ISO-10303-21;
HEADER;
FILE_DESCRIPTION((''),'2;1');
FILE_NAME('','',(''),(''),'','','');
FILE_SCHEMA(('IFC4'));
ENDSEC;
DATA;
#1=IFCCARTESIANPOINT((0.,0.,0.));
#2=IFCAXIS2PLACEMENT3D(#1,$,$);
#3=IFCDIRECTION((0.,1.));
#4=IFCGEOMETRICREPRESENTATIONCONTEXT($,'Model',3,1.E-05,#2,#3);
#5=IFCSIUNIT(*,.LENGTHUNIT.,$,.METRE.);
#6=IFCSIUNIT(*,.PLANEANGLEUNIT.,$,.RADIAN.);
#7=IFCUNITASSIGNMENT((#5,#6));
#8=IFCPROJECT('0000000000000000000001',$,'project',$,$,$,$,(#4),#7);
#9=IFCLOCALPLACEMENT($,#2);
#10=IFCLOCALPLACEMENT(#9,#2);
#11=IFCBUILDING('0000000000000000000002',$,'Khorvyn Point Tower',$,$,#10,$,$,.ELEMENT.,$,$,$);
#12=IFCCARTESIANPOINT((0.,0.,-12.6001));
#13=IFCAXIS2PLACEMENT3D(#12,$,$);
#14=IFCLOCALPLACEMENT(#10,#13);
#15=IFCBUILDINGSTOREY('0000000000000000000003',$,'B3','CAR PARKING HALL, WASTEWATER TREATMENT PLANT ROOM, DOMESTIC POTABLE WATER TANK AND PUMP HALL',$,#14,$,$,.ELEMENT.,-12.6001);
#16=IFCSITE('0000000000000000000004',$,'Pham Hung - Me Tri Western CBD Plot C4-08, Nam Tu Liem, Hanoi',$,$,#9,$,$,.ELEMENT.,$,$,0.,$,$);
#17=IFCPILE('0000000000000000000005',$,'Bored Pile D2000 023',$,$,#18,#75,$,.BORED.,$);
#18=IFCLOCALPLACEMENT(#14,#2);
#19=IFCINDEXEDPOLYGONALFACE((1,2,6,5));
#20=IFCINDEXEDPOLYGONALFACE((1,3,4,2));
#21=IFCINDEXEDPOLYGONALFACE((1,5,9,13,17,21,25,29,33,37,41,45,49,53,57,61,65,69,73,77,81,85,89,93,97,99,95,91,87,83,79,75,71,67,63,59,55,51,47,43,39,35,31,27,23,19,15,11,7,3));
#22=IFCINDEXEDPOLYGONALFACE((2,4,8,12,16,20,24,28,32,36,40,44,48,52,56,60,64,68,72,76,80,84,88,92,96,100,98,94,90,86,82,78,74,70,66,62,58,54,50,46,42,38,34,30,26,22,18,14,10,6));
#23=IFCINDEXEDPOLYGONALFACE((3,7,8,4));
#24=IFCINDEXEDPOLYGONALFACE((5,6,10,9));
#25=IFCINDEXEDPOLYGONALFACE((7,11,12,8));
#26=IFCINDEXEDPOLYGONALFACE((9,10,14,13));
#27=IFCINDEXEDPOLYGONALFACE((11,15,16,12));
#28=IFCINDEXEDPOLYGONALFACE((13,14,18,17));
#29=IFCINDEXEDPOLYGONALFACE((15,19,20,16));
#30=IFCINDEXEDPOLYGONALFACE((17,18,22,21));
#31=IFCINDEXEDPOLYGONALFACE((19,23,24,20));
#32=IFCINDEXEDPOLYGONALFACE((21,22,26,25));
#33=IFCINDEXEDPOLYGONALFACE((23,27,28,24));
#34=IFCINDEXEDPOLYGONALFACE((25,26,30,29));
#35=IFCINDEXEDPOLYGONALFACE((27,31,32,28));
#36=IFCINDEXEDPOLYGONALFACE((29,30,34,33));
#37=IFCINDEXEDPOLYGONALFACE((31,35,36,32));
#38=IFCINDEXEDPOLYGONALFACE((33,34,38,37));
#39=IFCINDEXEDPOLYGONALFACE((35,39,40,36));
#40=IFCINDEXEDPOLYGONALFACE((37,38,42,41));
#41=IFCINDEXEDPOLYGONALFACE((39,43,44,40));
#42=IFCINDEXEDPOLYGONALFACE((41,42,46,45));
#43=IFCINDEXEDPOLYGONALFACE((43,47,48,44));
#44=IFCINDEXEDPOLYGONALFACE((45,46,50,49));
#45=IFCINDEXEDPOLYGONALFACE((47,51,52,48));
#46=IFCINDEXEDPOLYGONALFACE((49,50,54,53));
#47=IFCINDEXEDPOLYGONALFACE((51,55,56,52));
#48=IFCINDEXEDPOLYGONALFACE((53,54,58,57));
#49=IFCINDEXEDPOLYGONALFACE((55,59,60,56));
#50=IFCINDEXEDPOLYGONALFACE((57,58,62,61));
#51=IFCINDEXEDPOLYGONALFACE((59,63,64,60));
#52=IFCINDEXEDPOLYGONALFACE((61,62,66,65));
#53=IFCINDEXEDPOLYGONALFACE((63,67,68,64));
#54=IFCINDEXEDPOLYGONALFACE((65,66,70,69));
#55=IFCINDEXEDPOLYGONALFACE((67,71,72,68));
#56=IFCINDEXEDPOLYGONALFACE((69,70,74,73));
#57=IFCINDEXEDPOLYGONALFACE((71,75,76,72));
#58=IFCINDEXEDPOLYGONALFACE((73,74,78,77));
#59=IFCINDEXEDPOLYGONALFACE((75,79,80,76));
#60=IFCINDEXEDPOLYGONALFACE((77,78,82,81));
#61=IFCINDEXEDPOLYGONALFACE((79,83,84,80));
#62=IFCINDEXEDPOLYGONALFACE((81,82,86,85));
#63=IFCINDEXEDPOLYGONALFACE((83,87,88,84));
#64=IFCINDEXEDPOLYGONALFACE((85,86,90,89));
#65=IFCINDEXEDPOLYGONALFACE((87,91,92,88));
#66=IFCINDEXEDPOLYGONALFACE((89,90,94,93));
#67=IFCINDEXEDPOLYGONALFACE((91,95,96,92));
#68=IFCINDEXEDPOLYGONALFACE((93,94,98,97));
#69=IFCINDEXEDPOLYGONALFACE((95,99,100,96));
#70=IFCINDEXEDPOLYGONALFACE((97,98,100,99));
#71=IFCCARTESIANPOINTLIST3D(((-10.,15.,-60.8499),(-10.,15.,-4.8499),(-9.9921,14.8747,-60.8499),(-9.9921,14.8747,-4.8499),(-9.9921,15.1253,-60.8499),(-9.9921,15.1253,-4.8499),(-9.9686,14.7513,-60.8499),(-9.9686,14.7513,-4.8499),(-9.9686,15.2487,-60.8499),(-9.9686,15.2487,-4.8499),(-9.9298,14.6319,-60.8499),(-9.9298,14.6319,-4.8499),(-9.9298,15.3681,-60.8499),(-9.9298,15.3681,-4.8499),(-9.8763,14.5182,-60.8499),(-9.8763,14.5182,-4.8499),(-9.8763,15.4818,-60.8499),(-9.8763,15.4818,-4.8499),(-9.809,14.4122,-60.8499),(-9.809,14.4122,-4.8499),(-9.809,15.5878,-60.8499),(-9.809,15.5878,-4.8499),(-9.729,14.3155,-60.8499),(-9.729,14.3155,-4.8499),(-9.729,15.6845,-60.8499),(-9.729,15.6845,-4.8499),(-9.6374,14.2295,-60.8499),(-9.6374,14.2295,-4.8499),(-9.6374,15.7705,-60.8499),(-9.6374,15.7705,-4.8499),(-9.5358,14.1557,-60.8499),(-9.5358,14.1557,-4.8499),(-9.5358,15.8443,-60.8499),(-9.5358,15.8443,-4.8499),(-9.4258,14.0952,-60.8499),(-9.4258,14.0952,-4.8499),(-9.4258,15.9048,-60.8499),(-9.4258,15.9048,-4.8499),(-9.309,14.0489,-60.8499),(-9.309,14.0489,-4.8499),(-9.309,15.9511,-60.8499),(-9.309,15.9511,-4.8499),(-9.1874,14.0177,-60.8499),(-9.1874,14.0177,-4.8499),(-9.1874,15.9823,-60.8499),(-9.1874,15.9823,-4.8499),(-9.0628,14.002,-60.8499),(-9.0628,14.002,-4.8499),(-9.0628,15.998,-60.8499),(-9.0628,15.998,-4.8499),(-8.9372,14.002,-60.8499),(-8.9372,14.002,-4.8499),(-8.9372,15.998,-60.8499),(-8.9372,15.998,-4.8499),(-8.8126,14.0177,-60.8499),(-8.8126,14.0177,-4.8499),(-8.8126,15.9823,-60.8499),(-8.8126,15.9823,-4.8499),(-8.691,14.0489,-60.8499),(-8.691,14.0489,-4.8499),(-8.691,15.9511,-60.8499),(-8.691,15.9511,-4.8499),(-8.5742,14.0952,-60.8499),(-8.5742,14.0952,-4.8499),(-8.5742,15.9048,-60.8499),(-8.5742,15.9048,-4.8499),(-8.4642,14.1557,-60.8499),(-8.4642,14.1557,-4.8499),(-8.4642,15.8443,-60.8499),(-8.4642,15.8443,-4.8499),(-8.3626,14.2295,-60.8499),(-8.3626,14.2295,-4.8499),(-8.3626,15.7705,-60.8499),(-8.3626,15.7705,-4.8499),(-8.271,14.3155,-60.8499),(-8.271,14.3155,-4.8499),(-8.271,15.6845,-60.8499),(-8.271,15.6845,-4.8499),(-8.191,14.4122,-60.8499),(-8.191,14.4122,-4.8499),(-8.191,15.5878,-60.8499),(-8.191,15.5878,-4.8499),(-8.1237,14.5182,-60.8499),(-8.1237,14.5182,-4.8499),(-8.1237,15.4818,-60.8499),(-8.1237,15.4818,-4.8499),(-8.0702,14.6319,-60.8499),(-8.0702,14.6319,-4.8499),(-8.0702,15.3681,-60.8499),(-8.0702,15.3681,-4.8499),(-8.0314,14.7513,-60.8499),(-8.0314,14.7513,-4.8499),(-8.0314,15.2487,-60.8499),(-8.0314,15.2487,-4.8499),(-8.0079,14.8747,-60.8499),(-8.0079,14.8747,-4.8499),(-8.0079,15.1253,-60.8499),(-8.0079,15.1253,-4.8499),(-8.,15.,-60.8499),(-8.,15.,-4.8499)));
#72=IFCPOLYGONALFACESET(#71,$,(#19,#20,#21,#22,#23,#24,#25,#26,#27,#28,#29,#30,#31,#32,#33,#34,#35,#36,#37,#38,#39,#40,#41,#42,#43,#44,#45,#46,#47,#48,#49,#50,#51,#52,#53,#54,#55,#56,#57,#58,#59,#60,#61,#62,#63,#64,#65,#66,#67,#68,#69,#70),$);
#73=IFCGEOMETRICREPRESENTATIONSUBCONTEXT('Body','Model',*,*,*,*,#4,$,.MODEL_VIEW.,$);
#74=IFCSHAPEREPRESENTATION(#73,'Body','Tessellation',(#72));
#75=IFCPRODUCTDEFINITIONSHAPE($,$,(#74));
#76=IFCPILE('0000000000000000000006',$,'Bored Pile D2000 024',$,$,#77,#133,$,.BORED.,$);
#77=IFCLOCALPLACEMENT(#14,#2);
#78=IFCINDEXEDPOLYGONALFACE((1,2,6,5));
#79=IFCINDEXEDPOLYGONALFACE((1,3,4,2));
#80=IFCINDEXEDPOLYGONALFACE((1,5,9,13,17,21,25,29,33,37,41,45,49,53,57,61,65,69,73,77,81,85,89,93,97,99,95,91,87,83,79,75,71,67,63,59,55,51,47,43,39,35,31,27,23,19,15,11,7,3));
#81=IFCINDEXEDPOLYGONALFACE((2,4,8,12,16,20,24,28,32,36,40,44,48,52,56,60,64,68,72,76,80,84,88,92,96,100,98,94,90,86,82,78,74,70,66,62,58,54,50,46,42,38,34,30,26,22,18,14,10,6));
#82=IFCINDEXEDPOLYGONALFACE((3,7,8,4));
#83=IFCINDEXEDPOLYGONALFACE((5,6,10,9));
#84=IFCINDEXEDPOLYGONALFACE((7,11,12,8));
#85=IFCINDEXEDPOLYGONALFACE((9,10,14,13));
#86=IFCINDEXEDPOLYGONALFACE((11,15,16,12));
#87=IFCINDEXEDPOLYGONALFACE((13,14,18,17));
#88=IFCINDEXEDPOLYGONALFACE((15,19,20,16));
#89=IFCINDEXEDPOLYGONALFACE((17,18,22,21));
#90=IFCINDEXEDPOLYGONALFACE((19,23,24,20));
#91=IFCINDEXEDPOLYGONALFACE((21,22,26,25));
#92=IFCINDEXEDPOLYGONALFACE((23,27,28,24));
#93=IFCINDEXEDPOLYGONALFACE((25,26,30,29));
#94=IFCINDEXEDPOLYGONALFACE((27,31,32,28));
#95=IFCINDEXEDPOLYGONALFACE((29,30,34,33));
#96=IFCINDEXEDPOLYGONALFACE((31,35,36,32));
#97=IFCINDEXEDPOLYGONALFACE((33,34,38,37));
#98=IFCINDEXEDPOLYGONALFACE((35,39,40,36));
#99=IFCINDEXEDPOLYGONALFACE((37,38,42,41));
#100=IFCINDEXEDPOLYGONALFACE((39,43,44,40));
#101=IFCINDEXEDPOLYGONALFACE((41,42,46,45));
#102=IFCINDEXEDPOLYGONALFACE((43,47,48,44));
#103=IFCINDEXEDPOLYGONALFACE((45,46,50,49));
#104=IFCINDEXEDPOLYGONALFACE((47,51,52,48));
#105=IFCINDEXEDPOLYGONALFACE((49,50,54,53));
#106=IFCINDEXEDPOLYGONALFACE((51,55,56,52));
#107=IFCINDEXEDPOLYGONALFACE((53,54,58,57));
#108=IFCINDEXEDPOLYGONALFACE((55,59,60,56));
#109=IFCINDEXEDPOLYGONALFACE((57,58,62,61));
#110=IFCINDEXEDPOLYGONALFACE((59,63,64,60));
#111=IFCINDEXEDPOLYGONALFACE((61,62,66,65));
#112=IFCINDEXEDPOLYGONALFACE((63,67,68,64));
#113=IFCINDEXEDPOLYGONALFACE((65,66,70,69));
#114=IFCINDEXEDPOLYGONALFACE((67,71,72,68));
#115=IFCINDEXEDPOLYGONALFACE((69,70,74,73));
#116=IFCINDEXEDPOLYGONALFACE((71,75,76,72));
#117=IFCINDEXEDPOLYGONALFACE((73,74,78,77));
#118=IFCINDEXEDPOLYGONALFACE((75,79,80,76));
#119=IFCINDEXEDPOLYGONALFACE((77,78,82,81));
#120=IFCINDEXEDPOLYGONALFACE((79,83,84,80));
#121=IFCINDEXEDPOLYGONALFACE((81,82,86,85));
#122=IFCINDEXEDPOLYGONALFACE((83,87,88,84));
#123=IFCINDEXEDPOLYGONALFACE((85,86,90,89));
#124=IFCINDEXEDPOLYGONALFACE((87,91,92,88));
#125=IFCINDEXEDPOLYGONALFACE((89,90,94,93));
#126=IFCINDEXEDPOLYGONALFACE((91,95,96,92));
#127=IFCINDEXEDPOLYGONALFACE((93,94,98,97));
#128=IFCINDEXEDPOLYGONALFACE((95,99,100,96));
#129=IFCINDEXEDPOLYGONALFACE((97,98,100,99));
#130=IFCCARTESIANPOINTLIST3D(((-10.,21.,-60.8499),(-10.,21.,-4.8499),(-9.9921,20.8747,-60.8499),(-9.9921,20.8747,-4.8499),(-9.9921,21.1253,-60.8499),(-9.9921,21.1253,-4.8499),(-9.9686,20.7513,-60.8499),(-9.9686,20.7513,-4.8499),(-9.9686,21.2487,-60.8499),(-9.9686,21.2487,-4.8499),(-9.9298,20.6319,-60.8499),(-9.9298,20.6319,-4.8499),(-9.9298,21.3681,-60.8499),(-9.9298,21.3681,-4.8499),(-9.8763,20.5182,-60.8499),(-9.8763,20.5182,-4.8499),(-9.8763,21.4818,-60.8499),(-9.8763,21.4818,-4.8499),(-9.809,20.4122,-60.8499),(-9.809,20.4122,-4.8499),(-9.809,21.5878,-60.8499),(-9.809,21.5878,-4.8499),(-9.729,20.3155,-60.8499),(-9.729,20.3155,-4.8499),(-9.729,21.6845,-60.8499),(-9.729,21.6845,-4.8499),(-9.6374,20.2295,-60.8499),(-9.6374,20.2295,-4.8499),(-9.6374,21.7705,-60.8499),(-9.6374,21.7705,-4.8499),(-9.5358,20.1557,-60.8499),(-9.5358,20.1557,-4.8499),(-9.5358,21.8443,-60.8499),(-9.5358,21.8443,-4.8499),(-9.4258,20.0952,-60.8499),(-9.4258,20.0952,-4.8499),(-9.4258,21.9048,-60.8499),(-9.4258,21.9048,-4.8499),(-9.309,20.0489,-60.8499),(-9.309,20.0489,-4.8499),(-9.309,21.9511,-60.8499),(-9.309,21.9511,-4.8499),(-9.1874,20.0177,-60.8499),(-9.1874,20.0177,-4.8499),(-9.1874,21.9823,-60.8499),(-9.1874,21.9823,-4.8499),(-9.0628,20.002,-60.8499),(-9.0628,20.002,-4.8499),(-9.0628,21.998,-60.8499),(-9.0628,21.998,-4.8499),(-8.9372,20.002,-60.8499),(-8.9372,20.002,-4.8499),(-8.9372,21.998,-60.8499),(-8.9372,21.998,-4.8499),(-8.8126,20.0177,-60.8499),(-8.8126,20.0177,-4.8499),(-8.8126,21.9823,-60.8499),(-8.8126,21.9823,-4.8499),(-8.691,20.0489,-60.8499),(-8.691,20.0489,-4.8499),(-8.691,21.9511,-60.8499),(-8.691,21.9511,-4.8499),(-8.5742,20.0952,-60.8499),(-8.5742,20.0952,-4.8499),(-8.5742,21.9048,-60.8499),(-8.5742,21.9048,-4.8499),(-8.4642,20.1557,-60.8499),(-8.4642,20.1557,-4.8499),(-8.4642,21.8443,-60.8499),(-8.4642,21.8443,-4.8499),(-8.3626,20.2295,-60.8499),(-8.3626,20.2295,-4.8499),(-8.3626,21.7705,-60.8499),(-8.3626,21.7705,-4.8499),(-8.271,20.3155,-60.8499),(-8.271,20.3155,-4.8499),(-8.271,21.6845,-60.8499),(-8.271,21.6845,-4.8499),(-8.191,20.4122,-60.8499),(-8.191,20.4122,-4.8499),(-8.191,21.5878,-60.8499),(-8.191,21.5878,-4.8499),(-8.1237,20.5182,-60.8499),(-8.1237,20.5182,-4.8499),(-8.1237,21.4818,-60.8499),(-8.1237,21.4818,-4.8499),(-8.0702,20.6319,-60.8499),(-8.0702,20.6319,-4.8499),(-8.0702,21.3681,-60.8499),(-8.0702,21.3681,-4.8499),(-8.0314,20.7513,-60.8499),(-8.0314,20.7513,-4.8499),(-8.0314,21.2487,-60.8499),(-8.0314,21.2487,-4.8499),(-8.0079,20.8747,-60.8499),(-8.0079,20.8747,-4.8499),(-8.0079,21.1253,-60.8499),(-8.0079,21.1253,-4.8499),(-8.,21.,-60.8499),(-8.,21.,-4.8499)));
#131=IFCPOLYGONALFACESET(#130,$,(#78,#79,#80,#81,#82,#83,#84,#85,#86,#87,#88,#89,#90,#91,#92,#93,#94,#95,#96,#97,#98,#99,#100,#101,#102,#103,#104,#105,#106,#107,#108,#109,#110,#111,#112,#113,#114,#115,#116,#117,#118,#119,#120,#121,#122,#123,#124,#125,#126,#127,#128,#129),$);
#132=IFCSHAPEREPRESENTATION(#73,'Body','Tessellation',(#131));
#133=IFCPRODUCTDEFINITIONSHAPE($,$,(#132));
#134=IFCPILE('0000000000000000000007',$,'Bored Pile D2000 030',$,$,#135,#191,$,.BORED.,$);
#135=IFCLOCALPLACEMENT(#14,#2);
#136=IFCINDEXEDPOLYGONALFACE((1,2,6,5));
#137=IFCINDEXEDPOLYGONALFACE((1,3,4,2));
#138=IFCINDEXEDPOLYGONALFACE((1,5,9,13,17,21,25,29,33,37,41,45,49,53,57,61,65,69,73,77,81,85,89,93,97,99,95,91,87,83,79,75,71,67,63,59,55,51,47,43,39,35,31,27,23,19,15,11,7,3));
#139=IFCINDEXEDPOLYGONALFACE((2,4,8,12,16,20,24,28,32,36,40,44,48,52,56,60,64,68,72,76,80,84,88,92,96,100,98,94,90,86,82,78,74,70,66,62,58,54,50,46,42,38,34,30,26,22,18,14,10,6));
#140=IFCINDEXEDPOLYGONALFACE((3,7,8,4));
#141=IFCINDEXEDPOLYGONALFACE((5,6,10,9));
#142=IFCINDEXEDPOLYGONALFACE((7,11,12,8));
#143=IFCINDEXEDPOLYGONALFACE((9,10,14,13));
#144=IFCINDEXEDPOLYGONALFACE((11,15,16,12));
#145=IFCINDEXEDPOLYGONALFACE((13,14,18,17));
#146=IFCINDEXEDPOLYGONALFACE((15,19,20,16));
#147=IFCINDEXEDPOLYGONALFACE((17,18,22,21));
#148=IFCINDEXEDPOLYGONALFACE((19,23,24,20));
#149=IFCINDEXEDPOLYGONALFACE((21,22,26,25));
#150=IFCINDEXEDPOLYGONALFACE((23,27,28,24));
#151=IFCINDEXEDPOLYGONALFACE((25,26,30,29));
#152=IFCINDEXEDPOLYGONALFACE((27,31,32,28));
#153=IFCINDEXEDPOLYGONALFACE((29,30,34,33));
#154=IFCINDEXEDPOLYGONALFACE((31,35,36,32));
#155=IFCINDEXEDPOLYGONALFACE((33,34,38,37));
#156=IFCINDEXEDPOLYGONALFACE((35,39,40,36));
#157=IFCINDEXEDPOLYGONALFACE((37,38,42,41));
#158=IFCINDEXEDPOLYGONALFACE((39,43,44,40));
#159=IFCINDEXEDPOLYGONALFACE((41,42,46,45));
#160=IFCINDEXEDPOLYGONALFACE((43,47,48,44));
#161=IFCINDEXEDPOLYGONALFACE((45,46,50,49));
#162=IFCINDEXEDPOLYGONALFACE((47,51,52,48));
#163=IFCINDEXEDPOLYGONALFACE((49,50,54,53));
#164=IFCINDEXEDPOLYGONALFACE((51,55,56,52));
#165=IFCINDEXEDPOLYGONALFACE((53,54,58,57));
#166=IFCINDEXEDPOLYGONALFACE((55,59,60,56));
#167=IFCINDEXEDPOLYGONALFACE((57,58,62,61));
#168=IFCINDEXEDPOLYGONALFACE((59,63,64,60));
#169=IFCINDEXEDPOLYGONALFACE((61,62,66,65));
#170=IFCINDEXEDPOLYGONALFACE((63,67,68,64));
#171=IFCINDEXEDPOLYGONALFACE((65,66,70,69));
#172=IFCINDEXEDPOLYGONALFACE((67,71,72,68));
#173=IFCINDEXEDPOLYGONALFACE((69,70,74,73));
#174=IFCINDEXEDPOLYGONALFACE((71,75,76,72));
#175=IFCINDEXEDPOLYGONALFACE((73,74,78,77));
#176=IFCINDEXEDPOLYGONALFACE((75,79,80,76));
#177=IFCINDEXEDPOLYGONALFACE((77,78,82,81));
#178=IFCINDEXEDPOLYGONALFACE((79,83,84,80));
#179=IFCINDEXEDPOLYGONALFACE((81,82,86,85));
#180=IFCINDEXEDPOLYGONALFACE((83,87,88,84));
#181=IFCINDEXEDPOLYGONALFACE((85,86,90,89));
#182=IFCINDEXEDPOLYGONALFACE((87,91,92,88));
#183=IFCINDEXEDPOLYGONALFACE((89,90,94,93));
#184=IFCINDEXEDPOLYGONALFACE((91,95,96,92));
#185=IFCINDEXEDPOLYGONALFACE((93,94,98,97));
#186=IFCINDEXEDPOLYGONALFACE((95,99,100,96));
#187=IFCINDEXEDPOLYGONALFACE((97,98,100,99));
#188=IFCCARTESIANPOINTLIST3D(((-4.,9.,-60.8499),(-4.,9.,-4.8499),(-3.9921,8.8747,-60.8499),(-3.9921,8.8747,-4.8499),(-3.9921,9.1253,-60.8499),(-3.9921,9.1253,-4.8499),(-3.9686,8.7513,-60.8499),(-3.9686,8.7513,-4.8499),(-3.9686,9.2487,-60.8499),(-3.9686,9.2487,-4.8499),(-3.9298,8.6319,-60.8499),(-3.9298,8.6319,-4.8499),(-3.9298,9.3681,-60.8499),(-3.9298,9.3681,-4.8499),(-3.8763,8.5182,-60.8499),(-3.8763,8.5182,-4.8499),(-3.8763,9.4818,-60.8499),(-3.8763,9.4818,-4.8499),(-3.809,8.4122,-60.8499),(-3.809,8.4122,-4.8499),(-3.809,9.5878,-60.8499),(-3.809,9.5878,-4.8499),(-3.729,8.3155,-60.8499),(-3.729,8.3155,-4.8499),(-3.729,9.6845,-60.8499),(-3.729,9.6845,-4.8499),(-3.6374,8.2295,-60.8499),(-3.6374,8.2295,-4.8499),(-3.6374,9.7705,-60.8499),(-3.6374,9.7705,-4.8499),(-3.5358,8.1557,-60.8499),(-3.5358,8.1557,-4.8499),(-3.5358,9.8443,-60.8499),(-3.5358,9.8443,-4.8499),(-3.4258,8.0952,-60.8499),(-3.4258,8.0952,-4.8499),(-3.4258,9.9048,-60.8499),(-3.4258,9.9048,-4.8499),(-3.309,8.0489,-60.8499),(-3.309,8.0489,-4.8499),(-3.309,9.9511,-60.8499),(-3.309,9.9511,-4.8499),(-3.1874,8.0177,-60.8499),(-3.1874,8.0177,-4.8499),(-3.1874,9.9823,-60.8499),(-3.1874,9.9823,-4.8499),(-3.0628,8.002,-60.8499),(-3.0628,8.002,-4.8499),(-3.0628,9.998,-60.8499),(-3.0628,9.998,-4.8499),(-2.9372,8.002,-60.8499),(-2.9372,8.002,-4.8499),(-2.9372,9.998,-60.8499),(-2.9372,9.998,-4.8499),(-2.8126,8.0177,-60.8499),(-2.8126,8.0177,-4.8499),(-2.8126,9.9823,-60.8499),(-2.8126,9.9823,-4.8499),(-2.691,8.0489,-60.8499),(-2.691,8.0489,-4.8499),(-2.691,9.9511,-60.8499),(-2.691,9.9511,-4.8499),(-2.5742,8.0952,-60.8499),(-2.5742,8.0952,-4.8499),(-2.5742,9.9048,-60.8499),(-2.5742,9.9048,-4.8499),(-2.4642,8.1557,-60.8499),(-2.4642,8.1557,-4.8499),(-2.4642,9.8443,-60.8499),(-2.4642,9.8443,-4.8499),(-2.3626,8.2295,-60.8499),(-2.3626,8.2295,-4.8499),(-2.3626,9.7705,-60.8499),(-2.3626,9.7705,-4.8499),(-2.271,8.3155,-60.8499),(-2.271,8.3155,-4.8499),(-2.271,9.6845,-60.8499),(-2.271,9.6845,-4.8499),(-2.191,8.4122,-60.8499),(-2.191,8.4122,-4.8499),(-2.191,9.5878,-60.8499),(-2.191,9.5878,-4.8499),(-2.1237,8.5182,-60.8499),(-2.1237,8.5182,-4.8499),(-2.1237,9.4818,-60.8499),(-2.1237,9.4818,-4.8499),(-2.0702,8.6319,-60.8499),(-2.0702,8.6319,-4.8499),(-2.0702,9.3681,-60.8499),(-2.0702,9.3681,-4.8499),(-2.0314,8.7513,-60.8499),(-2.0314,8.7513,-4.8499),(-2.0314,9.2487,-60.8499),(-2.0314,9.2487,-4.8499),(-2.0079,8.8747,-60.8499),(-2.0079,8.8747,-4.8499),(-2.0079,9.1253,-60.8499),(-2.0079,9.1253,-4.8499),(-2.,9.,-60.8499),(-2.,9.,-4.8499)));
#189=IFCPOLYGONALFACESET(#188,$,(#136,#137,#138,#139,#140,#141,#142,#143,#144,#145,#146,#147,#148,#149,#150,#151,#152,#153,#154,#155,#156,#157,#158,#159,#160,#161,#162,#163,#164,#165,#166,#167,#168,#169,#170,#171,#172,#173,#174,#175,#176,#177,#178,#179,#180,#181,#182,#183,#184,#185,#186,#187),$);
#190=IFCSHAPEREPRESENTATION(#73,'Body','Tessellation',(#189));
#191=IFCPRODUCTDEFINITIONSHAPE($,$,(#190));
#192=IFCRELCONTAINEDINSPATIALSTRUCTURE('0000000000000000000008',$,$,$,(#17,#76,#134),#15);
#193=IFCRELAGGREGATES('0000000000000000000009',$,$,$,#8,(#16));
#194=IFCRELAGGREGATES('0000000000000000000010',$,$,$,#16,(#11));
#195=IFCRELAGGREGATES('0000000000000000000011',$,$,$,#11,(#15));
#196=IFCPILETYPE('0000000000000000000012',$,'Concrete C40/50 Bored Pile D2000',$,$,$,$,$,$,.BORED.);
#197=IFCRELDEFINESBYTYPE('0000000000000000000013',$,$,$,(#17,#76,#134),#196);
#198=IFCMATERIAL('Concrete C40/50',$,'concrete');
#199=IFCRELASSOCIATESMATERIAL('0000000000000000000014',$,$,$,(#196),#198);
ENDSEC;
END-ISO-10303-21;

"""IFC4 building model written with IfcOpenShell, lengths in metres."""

from ifc_helpers import new_model, si_unit, direction, frame, origin, origin_2d, place, context, subcontext, project, spatial, circle, extrude, material, material_profile, profile_set, type_object, element, save


model = new_model("IFC4")

# Units and contexts
model_context = context("Model", 3, precision=1e-05, world=origin(), true_north=direction((0.0, 1.0)))
body_context = subcontext(model_context, "Body", "Model", "MODEL_VIEW")
ifc_project = project(units=[si_unit("LENGTHUNIT", "METRE"), si_unit("PLANEANGLEUNIT", "RADIAN")], contexts=[model_context])

# Site, building, storey
site_placement = place(None, origin())
site = spatial("IfcSite", under=ifc_project, at=site_placement, Name="Pham Hung - Me Tri Western CBD Plot C4-08, Nam Tu Liem, Hanoi", CompositionType="ELEMENT", RefElevation=0.0)
building_placement = place(site_placement, origin())
building = spatial("IfcBuilding", under=site, at=building_placement, Name="Khorvyn Point Tower", CompositionType="ELEMENT")
storey_placement = place(building_placement, frame((0.0, 0.0, -12.6001)))
storey = spatial("IfcBuildingStorey", under=building, at=storey_placement, Name="B3", Description="CAR PARKING HALL, WASTEWATER TREATMENT PLANT ROOM, DOMESTIC POTABLE WATER TANK AND PUMP HALL", CompositionType="ELEMENT", Elevation=-12.6001)

# Piles
ifc_material_1 = material(Name="Concrete C40/50", Category="concrete")
ifc_material_profile_1 = material_profile(ifc_material_1, circle(Radius=1.0, at=origin_2d()))
ifc_profile_set_1 = profile_set([ifc_material_profile_1], Name="Concrete C40/50 PILE-D2000")
pile_type_1 = type_object("IfcPileType", Name="Concrete C40/50 Bored Pile D2000", PredefinedType="BORED", material=ifc_profile_set_1)
for number, where, z_axis, x_axis, name in (
    (1, (-9.0, 15.0, -4.8499), (0.0, 0.0, -1.0), (1.0, 0.0, 0.0), "Bored Pile D2000 023"),
    (2, (-9.0, 21.0, -4.8499), (0.0, 0.0, -1.0), (1.0, 0.0, 0.0), "Bored Pile D2000 024"),
    (3, (-3.0, 9.0, -4.8499), (0.0, 0.0, -1.0), (1.0, 0.0, 0.0), "Bored Pile D2000 030"),
):
    element("IfcPile", number, at=place(storey_placement, frame(where, z_axis=z_axis, x_axis=x_axis)), inside=storey, type_object=pile_type_1, Name=name, PredefinedType="BORED", context=body_context, shape_type="SweptSolid", body=[
        extrude(circle(Radius=1.0, at=origin_2d()), origin(), (0.0, 0.0, 1.0), 56.0),
    ])

save(model, "model.ifc")
